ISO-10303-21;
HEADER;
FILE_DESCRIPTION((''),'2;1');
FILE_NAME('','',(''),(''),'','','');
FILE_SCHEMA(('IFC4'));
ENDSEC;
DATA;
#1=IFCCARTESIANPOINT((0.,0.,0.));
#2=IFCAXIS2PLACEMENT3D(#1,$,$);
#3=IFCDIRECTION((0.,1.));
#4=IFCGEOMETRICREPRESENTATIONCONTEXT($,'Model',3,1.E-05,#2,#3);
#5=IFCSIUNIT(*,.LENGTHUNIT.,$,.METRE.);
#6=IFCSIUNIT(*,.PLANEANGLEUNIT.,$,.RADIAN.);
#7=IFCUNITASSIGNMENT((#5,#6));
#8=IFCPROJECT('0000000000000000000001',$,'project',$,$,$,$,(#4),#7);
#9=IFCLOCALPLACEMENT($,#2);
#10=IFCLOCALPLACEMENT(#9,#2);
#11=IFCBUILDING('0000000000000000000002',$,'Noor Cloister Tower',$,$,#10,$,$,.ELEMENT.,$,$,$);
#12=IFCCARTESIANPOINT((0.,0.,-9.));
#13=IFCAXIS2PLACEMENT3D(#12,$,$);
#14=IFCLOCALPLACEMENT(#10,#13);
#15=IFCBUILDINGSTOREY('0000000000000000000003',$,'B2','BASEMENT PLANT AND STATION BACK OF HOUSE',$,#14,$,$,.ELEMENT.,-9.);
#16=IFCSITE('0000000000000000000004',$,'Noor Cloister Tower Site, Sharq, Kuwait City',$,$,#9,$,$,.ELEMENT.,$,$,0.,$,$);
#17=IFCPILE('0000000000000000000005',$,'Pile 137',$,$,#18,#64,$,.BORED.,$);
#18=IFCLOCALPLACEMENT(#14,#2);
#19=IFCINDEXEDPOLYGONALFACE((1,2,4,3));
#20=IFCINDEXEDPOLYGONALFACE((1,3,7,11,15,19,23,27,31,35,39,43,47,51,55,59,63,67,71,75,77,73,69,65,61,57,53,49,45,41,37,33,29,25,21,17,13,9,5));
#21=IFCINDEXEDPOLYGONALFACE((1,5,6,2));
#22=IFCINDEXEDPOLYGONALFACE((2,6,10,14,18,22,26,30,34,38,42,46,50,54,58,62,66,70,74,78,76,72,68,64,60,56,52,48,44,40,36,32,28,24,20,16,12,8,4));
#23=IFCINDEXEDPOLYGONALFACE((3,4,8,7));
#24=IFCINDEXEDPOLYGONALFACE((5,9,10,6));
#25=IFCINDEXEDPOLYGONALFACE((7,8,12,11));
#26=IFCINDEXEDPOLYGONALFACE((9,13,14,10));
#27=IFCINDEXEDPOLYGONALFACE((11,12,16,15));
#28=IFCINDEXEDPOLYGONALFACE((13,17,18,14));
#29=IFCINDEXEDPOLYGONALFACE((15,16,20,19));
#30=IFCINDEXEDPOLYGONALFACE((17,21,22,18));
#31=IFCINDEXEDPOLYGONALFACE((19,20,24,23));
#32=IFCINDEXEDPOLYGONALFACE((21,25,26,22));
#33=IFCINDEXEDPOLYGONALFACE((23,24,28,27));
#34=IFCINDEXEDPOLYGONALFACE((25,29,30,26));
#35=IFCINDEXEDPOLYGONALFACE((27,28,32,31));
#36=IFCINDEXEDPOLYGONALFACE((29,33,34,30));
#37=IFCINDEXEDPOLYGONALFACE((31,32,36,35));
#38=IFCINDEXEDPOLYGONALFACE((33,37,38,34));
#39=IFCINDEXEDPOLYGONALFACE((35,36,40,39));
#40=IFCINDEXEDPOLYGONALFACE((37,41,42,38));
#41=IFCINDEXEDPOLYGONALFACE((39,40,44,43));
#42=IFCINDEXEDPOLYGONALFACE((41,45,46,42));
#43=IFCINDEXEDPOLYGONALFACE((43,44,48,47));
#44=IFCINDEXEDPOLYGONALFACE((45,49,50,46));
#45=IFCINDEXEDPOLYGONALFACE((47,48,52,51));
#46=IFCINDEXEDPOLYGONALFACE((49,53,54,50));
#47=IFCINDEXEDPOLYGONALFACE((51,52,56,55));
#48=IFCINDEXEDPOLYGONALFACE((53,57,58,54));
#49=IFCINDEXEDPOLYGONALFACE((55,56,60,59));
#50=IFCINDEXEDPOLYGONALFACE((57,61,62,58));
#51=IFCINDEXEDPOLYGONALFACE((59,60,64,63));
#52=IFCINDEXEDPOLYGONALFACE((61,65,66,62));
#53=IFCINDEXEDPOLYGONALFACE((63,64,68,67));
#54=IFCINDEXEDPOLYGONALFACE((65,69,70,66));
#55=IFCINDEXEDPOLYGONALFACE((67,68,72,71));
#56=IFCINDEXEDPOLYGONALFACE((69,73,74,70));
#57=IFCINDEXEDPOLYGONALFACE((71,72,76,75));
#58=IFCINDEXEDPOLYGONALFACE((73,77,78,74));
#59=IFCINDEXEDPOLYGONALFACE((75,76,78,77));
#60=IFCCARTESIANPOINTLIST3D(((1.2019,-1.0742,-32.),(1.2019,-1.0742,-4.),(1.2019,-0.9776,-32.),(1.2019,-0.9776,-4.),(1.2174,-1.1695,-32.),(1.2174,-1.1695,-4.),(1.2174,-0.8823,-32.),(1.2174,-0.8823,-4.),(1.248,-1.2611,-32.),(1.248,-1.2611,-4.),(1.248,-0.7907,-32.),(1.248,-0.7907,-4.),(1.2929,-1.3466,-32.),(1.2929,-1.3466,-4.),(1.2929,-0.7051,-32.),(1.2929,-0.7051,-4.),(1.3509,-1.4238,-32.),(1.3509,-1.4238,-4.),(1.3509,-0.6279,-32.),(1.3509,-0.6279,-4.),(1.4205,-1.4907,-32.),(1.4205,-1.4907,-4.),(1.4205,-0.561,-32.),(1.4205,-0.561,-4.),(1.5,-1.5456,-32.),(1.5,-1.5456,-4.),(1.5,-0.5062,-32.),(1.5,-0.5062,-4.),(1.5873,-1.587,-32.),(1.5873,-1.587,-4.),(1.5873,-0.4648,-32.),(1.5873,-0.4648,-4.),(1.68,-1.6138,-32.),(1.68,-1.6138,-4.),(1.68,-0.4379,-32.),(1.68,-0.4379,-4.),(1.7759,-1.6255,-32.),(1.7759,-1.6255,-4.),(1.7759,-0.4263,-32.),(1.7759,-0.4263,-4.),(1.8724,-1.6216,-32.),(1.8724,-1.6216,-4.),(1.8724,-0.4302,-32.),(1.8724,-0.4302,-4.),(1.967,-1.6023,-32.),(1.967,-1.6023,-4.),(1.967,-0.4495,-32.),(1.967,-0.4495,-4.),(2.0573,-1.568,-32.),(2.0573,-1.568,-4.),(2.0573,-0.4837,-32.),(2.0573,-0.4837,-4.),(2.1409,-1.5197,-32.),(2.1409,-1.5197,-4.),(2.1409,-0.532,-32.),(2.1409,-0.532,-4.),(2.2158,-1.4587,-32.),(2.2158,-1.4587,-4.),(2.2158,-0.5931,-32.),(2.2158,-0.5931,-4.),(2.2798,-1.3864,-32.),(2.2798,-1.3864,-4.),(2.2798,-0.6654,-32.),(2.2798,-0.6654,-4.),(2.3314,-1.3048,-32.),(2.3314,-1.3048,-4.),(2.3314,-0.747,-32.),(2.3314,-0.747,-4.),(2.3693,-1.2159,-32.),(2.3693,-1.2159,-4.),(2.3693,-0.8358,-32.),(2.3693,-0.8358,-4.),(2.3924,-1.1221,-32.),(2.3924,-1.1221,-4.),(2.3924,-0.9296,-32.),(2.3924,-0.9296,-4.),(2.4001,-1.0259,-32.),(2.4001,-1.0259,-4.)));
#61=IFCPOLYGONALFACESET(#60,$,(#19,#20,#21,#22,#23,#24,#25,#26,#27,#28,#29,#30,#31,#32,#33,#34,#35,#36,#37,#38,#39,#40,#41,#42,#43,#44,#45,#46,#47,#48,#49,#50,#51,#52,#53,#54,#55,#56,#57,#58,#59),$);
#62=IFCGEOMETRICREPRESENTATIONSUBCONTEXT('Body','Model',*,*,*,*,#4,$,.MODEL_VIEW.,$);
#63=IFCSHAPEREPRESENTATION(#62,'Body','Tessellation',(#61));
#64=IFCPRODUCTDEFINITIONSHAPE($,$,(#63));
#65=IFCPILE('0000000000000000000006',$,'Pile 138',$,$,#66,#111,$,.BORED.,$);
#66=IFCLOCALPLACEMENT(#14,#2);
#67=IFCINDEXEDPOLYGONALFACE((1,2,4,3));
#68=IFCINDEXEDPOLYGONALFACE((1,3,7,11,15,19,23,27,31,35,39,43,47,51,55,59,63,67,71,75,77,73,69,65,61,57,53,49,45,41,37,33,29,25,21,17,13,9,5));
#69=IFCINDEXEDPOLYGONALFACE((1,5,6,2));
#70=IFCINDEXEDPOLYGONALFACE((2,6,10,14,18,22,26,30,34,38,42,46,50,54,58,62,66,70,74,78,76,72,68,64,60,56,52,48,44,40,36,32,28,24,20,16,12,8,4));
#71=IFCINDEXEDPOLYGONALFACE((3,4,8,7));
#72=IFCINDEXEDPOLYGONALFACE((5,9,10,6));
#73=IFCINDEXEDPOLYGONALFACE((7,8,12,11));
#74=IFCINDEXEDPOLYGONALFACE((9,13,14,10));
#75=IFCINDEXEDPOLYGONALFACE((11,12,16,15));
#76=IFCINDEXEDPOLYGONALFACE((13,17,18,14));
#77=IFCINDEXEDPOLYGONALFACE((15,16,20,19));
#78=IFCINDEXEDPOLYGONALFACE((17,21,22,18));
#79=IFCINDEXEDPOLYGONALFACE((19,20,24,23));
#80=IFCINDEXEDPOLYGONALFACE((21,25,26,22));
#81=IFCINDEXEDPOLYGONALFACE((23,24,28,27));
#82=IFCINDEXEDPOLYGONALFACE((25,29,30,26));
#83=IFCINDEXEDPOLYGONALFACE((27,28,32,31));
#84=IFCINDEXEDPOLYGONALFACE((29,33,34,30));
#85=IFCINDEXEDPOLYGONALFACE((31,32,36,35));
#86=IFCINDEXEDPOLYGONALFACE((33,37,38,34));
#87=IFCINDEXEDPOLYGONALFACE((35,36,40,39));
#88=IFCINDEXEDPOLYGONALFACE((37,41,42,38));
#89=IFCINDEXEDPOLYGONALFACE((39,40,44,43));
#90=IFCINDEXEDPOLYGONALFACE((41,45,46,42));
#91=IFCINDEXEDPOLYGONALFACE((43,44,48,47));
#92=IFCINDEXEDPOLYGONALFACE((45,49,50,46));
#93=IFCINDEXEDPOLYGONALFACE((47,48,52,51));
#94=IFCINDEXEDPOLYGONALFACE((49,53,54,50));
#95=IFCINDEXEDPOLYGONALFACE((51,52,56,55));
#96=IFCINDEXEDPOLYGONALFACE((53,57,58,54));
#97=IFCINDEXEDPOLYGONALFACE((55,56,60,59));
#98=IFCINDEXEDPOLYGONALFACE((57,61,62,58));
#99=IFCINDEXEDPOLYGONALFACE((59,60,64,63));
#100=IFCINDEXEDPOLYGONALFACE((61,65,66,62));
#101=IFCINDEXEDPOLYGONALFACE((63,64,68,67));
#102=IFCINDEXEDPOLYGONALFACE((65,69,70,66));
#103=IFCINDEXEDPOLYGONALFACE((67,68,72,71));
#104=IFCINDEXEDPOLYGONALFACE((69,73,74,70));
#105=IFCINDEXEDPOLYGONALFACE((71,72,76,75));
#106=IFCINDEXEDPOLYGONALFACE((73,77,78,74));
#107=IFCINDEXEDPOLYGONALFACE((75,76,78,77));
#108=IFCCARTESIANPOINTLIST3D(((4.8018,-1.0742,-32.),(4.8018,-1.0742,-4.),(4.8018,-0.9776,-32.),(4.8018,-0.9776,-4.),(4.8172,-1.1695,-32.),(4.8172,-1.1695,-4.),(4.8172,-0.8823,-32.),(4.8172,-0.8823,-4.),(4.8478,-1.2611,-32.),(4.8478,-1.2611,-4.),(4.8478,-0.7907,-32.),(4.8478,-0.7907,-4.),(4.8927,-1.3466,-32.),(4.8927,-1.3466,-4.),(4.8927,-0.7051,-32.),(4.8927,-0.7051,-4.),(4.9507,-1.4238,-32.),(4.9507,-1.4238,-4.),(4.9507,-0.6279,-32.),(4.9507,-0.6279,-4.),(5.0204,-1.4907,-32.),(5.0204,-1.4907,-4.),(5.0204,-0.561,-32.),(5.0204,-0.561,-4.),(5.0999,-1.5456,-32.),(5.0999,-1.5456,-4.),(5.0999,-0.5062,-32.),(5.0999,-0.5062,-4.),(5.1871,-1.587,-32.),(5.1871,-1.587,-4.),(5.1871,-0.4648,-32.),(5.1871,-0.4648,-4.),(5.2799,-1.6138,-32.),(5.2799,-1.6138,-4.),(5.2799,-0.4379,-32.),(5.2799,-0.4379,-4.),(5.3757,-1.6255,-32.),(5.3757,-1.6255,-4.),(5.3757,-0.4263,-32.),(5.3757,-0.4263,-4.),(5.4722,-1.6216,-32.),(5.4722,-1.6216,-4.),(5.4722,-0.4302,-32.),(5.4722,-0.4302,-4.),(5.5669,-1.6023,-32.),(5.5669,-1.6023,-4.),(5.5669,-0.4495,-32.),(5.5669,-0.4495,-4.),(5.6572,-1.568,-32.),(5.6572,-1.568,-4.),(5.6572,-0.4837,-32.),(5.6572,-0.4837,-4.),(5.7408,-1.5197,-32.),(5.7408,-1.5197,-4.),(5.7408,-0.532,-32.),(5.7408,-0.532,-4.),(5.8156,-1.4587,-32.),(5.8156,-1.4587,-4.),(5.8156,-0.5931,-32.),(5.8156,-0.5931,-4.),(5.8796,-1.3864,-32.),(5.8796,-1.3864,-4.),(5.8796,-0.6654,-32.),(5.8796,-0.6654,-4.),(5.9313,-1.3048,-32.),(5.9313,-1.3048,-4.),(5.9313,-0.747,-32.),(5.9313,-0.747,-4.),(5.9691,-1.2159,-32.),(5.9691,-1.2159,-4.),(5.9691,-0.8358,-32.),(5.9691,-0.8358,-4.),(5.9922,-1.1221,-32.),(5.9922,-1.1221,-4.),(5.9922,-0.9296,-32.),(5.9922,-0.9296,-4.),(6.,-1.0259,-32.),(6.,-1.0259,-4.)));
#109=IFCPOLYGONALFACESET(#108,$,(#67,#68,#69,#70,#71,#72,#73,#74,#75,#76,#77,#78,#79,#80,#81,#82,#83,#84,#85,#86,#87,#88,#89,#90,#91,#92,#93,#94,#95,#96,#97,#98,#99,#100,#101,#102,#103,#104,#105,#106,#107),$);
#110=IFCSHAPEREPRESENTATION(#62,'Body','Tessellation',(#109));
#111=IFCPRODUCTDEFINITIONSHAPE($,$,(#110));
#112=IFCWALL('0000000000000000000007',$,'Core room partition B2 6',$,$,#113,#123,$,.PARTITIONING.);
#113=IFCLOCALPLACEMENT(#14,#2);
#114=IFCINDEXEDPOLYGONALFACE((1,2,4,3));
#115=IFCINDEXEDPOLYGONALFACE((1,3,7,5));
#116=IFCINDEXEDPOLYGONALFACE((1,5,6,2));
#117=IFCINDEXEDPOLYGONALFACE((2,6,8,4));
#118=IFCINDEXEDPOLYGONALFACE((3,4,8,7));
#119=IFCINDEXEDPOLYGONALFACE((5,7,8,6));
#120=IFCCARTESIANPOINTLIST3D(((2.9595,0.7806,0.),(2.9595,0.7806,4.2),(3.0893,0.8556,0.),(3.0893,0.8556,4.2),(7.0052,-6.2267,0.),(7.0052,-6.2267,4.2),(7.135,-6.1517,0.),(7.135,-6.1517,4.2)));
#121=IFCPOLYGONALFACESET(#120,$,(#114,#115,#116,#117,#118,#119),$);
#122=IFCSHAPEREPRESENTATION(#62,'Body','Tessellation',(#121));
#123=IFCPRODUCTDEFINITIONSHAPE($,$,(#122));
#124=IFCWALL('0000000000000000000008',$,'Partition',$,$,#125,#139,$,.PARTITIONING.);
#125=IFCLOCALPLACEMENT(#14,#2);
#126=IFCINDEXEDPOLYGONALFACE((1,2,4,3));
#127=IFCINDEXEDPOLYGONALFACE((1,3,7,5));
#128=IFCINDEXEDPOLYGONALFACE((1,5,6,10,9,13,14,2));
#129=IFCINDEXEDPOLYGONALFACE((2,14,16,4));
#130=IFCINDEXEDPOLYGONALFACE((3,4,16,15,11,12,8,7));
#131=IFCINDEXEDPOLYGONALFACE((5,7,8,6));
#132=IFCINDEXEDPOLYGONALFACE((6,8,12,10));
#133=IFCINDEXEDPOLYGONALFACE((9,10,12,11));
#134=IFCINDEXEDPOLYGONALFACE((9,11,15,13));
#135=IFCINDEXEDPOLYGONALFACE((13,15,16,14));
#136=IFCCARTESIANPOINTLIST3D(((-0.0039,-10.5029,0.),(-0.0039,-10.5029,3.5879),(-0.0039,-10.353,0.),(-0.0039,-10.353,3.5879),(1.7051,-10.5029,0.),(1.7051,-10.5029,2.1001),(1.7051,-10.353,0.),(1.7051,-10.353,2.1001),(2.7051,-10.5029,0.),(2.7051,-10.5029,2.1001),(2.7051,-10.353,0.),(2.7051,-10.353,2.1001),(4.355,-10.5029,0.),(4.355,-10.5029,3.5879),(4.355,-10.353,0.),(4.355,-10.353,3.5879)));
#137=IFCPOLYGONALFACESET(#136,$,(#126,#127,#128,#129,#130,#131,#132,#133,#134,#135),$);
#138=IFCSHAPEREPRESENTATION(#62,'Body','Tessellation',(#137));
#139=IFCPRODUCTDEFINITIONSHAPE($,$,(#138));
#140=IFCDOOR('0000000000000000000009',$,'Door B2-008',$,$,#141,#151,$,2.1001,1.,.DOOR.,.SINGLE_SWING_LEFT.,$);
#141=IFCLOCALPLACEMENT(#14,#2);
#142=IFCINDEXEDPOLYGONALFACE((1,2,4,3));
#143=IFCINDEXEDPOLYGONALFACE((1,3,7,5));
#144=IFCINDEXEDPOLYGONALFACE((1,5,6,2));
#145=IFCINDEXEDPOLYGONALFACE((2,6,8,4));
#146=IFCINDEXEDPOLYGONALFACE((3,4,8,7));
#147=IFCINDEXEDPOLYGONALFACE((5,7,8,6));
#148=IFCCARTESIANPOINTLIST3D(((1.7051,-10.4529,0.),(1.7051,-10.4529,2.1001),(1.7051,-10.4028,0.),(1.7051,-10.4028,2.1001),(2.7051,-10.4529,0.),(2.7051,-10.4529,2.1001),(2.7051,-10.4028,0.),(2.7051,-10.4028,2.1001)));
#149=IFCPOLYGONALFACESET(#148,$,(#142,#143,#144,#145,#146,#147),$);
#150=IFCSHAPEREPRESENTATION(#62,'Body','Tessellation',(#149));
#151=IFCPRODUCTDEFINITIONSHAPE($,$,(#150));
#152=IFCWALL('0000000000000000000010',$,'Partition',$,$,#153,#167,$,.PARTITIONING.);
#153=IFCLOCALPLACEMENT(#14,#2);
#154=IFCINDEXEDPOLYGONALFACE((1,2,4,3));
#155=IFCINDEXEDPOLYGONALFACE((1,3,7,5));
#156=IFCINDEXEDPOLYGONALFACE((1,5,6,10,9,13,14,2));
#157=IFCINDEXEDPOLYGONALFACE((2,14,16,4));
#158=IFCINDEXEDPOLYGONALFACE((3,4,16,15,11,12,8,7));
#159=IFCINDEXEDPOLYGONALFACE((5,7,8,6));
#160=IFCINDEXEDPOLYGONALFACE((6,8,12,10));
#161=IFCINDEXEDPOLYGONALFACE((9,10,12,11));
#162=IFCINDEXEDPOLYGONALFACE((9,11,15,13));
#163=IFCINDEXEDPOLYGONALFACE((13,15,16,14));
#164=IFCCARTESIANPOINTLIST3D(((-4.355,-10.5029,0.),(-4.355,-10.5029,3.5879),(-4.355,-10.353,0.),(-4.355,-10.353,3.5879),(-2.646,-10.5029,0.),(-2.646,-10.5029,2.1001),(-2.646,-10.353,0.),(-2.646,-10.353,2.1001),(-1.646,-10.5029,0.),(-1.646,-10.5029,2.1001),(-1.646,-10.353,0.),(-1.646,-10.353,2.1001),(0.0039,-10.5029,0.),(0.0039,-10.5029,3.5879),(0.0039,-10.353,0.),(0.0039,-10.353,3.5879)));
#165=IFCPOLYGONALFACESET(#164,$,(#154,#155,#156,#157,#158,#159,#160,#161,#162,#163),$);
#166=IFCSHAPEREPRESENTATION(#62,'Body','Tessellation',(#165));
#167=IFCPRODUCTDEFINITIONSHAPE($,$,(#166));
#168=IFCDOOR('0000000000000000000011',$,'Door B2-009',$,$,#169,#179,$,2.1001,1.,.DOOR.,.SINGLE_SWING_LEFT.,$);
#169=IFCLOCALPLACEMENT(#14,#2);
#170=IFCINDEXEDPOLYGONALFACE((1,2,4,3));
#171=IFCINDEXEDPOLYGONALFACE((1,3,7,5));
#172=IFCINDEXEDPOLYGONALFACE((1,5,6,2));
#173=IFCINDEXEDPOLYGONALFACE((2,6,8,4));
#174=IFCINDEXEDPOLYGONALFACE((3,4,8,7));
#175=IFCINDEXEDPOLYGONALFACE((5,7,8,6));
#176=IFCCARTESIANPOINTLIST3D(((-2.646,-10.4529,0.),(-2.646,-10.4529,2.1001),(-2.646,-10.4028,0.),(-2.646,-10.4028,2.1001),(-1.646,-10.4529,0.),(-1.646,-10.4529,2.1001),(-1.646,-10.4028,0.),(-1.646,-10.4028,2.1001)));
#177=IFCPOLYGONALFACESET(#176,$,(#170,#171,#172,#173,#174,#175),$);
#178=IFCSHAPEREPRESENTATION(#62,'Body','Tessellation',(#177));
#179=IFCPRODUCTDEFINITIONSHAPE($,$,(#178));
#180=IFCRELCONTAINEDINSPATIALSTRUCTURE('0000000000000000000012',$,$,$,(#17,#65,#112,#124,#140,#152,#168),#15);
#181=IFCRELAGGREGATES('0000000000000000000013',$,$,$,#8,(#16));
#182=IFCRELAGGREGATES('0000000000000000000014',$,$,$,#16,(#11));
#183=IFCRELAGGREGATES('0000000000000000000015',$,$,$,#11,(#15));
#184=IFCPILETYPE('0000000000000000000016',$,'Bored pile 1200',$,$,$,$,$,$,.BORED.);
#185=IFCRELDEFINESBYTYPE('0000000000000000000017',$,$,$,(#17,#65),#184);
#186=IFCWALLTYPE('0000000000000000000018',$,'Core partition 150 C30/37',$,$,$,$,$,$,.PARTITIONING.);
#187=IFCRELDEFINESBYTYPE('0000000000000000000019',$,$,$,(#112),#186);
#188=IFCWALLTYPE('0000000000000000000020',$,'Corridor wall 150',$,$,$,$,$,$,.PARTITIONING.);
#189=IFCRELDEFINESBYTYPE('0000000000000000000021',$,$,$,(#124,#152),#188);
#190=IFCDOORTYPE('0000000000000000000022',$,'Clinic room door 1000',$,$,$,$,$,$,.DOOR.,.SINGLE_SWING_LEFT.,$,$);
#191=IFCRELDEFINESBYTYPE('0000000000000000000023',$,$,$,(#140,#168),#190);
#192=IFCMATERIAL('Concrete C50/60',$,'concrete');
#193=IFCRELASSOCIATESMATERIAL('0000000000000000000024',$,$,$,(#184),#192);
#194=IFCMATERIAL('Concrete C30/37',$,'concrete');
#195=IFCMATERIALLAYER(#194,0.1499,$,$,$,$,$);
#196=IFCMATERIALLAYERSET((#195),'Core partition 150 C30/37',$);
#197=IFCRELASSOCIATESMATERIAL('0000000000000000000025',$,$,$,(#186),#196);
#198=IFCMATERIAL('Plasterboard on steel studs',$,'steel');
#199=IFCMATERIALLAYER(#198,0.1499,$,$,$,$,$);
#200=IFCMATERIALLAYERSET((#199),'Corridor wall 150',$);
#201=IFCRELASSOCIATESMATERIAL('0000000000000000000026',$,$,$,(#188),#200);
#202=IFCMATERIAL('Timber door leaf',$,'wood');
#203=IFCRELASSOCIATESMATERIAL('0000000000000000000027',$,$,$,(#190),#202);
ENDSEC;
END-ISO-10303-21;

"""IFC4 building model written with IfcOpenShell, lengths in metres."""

from ifc_helpers import new_model, si_unit, direction, frame, frame_2d, origin, origin_2d, place, context, subcontext, project, spatial, rectangle, circle, extrude, material, layer, layer_set, material_profile, profile_set, type_object, element, fill, save


model = new_model("IFC4")

# Units and contexts
model_context = context("Model", 3, precision=1e-05, world=origin(), true_north=direction((0.0, 1.0)))
body_context = subcontext(model_context, "Body", "Model", "MODEL_VIEW")
ifc_project = project(units=[si_unit("LENGTHUNIT", "METRE"), si_unit("PLANEANGLEUNIT", "RADIAN")], contexts=[model_context])

# Site, building, storey
site_placement = place(None, origin())
site = spatial("IfcSite", under=ifc_project, at=site_placement, Name="Noor Cloister Tower Site, Sharq, Kuwait City", CompositionType="ELEMENT", RefElevation=0.0)
building_placement = place(site_placement, origin())
building = spatial("IfcBuilding", under=site, at=building_placement, Name="Noor Cloister Tower", CompositionType="ELEMENT")
storey_placement = place(building_placement, frame((0.0, 0.0, -9.0)))
storey = spatial("IfcBuildingStorey", under=building, at=storey_placement, Name="B2", Description="BASEMENT PLANT AND STATION BACK OF HOUSE", CompositionType="ELEMENT", Elevation=-9.0)

# Piles
ifc_material_1 = material(Name="Concrete C50/60", Category="concrete")
ifc_material_profile = material_profile(ifc_material_1, circle(Radius=0.6001, at=origin_2d()), Name="Bored pile 1200")
ifc_profile_set = profile_set([ifc_material_profile], Name="Concrete C50/60")
pile_type = type_object("IfcPileType", Name="Bored pile 1200", PredefinedType="BORED", material=ifc_profile_set)
for number, where, z_axis, x_axis, name in (
    (1, (1.8, -1.0259, -4.0), (0.0, 0.0, -1.0), (1.0, 0.0, 0.0), "Pile 137"),
    (2, (5.3999, -1.0259, -4.0), (0.0, 0.0, -1.0), (1.0, 0.0, 0.0), "Pile 138"),
):
    element("IfcPile", number, at=place(storey_placement, frame(where, z_axis=z_axis, x_axis=x_axis)), inside=storey, type_object=pile_type, Name=name, PredefinedType="BORED", context=body_context, shape_type="SweptSolid", body=[
        extrude(circle(Radius=0.6001, at=origin_2d()), origin(), (0.0, 0.0, 1.0), 28.0),
    ])

# Wall
ifc_material_2 = material(Name="Concrete C30/37", Category="concrete")
ifc_layer_1 = layer(ifc_material_2, 0.1499)
ifc_layer_set_1 = layer_set([ifc_layer_1], Name="Core partition 150 C30/37")
wall_type_1 = type_object("IfcWallType", Name="Core partition 150 C30/37", PredefinedType="PARTITIONING", material=ifc_layer_set_1)
wall_1_placement = place(storey_placement, frame((7.0701, -6.1892, 0.0), z_axis=(0.0, 0.0, 1.0), x_axis=(-0.499998, 0.866027, 0.0)))
element("IfcWall", 3, at=wall_1_placement, inside=storey, type_object=wall_type_1, Name="Core room partition B2 6", PredefinedType="PARTITIONING", context=body_context, shape_type="SweptSolid", body=[
    extrude(rectangle(XDim=8.0913, YDim=0.1499, at=frame_2d((4.0457, 0.0))), origin(), (0.0, 0.0, 1.0), 4.2),
])

# Walls, openings, doors
ifc_material_3 = material(Name="Plasterboard on steel studs", Category="steel")
ifc_layer_2 = layer(ifc_material_3, 0.1499)
ifc_layer_set_2 = layer_set([ifc_layer_2], Name="Corridor wall 150")
wall_type_2 = type_object("IfcWallType", Name="Corridor wall 150", PredefinedType="PARTITIONING", material=ifc_layer_set_2)
wall_2_placement = place(storey_placement, frame((4.355, -10.428, 0.0), z_axis=(0.0, 0.0, 1.0), x_axis=(-1.0, 0.0, 0.0)))
wall_2 = element("IfcWall", 4, at=wall_2_placement, inside=storey, type_object=wall_type_2, Name="Partition", PredefinedType="PARTITIONING", context=body_context, shape_type="SweptSolid", body=[
    extrude(rectangle(XDim=4.3589, YDim=0.1499, at=frame_2d((2.1794, 0.0))), origin(), (0.0, 0.0, 1.0), 3.5879),
])
opening_1_placement = place(wall_2_placement, frame((1.6499, 0.0, 0.0)))
opening_1 = element("IfcOpeningElement", 5, at=opening_1_placement, cuts=wall_2, PredefinedType="OPENING", context=body_context, shape_type="SweptSolid", body=[
    extrude(rectangle(XDim=1.0, YDim=2.1001, at=frame_2d((0.5, 1.05))), frame((0.0, 0.085, 0.0), z_axis=(0.0, -1.0, 0.0), x_axis=(1.0, 0.0, 0.0)), (0.0, 0.0, 1.0), 0.1699),
])
ifc_material_4 = material(Name="Timber door leaf", Category="wood")
door_type = type_object("IfcDoorType", Name="Clinic room door 1000", OperationType="SINGLE_SWING_LEFT", PredefinedType="DOOR", material=ifc_material_4)
door_1_placement = place(opening_1_placement, origin())
door_1 = element("IfcDoor", 6, at=door_1_placement, inside=storey, type_object=door_type, Name="Door B2-008", OperationType="SINGLE_SWING_LEFT", OverallHeight=2.1001, OverallWidth=1.0, PredefinedType="DOOR", context=body_context, shape_type="SweptSolid", body=[
    extrude(rectangle(XDim=1.0, YDim=2.1001, at=frame_2d((0.5, 1.05))), frame((0.0, 0.0249, 0.0), z_axis=(0.0, -1.0, 0.0), x_axis=(1.0, 0.0, 0.0)), (0.0, 0.0, 1.0), 0.05),
])
fill(opening_1, door_1)
wall_3_placement = place(storey_placement, frame((0.0039, -10.428, 0.0), z_axis=(0.0, 0.0, 1.0), x_axis=(-1.0, 0.0, 0.0)))
wall_3 = element("IfcWall", 7, at=wall_3_placement, inside=storey, type_object=wall_type_2, Name="Partition", PredefinedType="PARTITIONING", context=body_context, shape_type="SweptSolid", body=[
    extrude(rectangle(XDim=4.3589, YDim=0.1499, at=frame_2d((2.1794, 0.0))), origin(), (0.0, 0.0, 1.0), 3.5879),
])
opening_2_placement = place(wall_3_placement, frame((1.6499, 0.0, 0.0)))
opening_2 = element("IfcOpeningElement", 8, at=opening_2_placement, cuts=wall_3, PredefinedType="OPENING", context=body_context, shape_type="SweptSolid", body=[
    extrude(rectangle(XDim=1.0, YDim=2.1001, at=frame_2d((0.5, 1.05))), frame((0.0, 0.085, 0.0), z_axis=(0.0, -1.0, 0.0), x_axis=(1.0, 0.0, 0.0)), (0.0, 0.0, 1.0), 0.1699),
])
door_2_placement = place(opening_2_placement, origin())
door_2 = element("IfcDoor", 9, at=door_2_placement, inside=storey, type_object=door_type, Name="Door B2-009", OperationType="SINGLE_SWING_LEFT", OverallHeight=2.1001, OverallWidth=1.0, PredefinedType="DOOR", context=body_context, shape_type="SweptSolid", body=[
    extrude(rectangle(XDim=1.0, YDim=2.1001, at=frame_2d((0.5, 1.05))), frame((0.0, 0.0249, 0.0), z_axis=(0.0, -1.0, 0.0), x_axis=(1.0, 0.0, 0.0)), (0.0, 0.0, 1.0), 0.05),
])
fill(opening_2, door_2)

save(model, "model.ifc")
